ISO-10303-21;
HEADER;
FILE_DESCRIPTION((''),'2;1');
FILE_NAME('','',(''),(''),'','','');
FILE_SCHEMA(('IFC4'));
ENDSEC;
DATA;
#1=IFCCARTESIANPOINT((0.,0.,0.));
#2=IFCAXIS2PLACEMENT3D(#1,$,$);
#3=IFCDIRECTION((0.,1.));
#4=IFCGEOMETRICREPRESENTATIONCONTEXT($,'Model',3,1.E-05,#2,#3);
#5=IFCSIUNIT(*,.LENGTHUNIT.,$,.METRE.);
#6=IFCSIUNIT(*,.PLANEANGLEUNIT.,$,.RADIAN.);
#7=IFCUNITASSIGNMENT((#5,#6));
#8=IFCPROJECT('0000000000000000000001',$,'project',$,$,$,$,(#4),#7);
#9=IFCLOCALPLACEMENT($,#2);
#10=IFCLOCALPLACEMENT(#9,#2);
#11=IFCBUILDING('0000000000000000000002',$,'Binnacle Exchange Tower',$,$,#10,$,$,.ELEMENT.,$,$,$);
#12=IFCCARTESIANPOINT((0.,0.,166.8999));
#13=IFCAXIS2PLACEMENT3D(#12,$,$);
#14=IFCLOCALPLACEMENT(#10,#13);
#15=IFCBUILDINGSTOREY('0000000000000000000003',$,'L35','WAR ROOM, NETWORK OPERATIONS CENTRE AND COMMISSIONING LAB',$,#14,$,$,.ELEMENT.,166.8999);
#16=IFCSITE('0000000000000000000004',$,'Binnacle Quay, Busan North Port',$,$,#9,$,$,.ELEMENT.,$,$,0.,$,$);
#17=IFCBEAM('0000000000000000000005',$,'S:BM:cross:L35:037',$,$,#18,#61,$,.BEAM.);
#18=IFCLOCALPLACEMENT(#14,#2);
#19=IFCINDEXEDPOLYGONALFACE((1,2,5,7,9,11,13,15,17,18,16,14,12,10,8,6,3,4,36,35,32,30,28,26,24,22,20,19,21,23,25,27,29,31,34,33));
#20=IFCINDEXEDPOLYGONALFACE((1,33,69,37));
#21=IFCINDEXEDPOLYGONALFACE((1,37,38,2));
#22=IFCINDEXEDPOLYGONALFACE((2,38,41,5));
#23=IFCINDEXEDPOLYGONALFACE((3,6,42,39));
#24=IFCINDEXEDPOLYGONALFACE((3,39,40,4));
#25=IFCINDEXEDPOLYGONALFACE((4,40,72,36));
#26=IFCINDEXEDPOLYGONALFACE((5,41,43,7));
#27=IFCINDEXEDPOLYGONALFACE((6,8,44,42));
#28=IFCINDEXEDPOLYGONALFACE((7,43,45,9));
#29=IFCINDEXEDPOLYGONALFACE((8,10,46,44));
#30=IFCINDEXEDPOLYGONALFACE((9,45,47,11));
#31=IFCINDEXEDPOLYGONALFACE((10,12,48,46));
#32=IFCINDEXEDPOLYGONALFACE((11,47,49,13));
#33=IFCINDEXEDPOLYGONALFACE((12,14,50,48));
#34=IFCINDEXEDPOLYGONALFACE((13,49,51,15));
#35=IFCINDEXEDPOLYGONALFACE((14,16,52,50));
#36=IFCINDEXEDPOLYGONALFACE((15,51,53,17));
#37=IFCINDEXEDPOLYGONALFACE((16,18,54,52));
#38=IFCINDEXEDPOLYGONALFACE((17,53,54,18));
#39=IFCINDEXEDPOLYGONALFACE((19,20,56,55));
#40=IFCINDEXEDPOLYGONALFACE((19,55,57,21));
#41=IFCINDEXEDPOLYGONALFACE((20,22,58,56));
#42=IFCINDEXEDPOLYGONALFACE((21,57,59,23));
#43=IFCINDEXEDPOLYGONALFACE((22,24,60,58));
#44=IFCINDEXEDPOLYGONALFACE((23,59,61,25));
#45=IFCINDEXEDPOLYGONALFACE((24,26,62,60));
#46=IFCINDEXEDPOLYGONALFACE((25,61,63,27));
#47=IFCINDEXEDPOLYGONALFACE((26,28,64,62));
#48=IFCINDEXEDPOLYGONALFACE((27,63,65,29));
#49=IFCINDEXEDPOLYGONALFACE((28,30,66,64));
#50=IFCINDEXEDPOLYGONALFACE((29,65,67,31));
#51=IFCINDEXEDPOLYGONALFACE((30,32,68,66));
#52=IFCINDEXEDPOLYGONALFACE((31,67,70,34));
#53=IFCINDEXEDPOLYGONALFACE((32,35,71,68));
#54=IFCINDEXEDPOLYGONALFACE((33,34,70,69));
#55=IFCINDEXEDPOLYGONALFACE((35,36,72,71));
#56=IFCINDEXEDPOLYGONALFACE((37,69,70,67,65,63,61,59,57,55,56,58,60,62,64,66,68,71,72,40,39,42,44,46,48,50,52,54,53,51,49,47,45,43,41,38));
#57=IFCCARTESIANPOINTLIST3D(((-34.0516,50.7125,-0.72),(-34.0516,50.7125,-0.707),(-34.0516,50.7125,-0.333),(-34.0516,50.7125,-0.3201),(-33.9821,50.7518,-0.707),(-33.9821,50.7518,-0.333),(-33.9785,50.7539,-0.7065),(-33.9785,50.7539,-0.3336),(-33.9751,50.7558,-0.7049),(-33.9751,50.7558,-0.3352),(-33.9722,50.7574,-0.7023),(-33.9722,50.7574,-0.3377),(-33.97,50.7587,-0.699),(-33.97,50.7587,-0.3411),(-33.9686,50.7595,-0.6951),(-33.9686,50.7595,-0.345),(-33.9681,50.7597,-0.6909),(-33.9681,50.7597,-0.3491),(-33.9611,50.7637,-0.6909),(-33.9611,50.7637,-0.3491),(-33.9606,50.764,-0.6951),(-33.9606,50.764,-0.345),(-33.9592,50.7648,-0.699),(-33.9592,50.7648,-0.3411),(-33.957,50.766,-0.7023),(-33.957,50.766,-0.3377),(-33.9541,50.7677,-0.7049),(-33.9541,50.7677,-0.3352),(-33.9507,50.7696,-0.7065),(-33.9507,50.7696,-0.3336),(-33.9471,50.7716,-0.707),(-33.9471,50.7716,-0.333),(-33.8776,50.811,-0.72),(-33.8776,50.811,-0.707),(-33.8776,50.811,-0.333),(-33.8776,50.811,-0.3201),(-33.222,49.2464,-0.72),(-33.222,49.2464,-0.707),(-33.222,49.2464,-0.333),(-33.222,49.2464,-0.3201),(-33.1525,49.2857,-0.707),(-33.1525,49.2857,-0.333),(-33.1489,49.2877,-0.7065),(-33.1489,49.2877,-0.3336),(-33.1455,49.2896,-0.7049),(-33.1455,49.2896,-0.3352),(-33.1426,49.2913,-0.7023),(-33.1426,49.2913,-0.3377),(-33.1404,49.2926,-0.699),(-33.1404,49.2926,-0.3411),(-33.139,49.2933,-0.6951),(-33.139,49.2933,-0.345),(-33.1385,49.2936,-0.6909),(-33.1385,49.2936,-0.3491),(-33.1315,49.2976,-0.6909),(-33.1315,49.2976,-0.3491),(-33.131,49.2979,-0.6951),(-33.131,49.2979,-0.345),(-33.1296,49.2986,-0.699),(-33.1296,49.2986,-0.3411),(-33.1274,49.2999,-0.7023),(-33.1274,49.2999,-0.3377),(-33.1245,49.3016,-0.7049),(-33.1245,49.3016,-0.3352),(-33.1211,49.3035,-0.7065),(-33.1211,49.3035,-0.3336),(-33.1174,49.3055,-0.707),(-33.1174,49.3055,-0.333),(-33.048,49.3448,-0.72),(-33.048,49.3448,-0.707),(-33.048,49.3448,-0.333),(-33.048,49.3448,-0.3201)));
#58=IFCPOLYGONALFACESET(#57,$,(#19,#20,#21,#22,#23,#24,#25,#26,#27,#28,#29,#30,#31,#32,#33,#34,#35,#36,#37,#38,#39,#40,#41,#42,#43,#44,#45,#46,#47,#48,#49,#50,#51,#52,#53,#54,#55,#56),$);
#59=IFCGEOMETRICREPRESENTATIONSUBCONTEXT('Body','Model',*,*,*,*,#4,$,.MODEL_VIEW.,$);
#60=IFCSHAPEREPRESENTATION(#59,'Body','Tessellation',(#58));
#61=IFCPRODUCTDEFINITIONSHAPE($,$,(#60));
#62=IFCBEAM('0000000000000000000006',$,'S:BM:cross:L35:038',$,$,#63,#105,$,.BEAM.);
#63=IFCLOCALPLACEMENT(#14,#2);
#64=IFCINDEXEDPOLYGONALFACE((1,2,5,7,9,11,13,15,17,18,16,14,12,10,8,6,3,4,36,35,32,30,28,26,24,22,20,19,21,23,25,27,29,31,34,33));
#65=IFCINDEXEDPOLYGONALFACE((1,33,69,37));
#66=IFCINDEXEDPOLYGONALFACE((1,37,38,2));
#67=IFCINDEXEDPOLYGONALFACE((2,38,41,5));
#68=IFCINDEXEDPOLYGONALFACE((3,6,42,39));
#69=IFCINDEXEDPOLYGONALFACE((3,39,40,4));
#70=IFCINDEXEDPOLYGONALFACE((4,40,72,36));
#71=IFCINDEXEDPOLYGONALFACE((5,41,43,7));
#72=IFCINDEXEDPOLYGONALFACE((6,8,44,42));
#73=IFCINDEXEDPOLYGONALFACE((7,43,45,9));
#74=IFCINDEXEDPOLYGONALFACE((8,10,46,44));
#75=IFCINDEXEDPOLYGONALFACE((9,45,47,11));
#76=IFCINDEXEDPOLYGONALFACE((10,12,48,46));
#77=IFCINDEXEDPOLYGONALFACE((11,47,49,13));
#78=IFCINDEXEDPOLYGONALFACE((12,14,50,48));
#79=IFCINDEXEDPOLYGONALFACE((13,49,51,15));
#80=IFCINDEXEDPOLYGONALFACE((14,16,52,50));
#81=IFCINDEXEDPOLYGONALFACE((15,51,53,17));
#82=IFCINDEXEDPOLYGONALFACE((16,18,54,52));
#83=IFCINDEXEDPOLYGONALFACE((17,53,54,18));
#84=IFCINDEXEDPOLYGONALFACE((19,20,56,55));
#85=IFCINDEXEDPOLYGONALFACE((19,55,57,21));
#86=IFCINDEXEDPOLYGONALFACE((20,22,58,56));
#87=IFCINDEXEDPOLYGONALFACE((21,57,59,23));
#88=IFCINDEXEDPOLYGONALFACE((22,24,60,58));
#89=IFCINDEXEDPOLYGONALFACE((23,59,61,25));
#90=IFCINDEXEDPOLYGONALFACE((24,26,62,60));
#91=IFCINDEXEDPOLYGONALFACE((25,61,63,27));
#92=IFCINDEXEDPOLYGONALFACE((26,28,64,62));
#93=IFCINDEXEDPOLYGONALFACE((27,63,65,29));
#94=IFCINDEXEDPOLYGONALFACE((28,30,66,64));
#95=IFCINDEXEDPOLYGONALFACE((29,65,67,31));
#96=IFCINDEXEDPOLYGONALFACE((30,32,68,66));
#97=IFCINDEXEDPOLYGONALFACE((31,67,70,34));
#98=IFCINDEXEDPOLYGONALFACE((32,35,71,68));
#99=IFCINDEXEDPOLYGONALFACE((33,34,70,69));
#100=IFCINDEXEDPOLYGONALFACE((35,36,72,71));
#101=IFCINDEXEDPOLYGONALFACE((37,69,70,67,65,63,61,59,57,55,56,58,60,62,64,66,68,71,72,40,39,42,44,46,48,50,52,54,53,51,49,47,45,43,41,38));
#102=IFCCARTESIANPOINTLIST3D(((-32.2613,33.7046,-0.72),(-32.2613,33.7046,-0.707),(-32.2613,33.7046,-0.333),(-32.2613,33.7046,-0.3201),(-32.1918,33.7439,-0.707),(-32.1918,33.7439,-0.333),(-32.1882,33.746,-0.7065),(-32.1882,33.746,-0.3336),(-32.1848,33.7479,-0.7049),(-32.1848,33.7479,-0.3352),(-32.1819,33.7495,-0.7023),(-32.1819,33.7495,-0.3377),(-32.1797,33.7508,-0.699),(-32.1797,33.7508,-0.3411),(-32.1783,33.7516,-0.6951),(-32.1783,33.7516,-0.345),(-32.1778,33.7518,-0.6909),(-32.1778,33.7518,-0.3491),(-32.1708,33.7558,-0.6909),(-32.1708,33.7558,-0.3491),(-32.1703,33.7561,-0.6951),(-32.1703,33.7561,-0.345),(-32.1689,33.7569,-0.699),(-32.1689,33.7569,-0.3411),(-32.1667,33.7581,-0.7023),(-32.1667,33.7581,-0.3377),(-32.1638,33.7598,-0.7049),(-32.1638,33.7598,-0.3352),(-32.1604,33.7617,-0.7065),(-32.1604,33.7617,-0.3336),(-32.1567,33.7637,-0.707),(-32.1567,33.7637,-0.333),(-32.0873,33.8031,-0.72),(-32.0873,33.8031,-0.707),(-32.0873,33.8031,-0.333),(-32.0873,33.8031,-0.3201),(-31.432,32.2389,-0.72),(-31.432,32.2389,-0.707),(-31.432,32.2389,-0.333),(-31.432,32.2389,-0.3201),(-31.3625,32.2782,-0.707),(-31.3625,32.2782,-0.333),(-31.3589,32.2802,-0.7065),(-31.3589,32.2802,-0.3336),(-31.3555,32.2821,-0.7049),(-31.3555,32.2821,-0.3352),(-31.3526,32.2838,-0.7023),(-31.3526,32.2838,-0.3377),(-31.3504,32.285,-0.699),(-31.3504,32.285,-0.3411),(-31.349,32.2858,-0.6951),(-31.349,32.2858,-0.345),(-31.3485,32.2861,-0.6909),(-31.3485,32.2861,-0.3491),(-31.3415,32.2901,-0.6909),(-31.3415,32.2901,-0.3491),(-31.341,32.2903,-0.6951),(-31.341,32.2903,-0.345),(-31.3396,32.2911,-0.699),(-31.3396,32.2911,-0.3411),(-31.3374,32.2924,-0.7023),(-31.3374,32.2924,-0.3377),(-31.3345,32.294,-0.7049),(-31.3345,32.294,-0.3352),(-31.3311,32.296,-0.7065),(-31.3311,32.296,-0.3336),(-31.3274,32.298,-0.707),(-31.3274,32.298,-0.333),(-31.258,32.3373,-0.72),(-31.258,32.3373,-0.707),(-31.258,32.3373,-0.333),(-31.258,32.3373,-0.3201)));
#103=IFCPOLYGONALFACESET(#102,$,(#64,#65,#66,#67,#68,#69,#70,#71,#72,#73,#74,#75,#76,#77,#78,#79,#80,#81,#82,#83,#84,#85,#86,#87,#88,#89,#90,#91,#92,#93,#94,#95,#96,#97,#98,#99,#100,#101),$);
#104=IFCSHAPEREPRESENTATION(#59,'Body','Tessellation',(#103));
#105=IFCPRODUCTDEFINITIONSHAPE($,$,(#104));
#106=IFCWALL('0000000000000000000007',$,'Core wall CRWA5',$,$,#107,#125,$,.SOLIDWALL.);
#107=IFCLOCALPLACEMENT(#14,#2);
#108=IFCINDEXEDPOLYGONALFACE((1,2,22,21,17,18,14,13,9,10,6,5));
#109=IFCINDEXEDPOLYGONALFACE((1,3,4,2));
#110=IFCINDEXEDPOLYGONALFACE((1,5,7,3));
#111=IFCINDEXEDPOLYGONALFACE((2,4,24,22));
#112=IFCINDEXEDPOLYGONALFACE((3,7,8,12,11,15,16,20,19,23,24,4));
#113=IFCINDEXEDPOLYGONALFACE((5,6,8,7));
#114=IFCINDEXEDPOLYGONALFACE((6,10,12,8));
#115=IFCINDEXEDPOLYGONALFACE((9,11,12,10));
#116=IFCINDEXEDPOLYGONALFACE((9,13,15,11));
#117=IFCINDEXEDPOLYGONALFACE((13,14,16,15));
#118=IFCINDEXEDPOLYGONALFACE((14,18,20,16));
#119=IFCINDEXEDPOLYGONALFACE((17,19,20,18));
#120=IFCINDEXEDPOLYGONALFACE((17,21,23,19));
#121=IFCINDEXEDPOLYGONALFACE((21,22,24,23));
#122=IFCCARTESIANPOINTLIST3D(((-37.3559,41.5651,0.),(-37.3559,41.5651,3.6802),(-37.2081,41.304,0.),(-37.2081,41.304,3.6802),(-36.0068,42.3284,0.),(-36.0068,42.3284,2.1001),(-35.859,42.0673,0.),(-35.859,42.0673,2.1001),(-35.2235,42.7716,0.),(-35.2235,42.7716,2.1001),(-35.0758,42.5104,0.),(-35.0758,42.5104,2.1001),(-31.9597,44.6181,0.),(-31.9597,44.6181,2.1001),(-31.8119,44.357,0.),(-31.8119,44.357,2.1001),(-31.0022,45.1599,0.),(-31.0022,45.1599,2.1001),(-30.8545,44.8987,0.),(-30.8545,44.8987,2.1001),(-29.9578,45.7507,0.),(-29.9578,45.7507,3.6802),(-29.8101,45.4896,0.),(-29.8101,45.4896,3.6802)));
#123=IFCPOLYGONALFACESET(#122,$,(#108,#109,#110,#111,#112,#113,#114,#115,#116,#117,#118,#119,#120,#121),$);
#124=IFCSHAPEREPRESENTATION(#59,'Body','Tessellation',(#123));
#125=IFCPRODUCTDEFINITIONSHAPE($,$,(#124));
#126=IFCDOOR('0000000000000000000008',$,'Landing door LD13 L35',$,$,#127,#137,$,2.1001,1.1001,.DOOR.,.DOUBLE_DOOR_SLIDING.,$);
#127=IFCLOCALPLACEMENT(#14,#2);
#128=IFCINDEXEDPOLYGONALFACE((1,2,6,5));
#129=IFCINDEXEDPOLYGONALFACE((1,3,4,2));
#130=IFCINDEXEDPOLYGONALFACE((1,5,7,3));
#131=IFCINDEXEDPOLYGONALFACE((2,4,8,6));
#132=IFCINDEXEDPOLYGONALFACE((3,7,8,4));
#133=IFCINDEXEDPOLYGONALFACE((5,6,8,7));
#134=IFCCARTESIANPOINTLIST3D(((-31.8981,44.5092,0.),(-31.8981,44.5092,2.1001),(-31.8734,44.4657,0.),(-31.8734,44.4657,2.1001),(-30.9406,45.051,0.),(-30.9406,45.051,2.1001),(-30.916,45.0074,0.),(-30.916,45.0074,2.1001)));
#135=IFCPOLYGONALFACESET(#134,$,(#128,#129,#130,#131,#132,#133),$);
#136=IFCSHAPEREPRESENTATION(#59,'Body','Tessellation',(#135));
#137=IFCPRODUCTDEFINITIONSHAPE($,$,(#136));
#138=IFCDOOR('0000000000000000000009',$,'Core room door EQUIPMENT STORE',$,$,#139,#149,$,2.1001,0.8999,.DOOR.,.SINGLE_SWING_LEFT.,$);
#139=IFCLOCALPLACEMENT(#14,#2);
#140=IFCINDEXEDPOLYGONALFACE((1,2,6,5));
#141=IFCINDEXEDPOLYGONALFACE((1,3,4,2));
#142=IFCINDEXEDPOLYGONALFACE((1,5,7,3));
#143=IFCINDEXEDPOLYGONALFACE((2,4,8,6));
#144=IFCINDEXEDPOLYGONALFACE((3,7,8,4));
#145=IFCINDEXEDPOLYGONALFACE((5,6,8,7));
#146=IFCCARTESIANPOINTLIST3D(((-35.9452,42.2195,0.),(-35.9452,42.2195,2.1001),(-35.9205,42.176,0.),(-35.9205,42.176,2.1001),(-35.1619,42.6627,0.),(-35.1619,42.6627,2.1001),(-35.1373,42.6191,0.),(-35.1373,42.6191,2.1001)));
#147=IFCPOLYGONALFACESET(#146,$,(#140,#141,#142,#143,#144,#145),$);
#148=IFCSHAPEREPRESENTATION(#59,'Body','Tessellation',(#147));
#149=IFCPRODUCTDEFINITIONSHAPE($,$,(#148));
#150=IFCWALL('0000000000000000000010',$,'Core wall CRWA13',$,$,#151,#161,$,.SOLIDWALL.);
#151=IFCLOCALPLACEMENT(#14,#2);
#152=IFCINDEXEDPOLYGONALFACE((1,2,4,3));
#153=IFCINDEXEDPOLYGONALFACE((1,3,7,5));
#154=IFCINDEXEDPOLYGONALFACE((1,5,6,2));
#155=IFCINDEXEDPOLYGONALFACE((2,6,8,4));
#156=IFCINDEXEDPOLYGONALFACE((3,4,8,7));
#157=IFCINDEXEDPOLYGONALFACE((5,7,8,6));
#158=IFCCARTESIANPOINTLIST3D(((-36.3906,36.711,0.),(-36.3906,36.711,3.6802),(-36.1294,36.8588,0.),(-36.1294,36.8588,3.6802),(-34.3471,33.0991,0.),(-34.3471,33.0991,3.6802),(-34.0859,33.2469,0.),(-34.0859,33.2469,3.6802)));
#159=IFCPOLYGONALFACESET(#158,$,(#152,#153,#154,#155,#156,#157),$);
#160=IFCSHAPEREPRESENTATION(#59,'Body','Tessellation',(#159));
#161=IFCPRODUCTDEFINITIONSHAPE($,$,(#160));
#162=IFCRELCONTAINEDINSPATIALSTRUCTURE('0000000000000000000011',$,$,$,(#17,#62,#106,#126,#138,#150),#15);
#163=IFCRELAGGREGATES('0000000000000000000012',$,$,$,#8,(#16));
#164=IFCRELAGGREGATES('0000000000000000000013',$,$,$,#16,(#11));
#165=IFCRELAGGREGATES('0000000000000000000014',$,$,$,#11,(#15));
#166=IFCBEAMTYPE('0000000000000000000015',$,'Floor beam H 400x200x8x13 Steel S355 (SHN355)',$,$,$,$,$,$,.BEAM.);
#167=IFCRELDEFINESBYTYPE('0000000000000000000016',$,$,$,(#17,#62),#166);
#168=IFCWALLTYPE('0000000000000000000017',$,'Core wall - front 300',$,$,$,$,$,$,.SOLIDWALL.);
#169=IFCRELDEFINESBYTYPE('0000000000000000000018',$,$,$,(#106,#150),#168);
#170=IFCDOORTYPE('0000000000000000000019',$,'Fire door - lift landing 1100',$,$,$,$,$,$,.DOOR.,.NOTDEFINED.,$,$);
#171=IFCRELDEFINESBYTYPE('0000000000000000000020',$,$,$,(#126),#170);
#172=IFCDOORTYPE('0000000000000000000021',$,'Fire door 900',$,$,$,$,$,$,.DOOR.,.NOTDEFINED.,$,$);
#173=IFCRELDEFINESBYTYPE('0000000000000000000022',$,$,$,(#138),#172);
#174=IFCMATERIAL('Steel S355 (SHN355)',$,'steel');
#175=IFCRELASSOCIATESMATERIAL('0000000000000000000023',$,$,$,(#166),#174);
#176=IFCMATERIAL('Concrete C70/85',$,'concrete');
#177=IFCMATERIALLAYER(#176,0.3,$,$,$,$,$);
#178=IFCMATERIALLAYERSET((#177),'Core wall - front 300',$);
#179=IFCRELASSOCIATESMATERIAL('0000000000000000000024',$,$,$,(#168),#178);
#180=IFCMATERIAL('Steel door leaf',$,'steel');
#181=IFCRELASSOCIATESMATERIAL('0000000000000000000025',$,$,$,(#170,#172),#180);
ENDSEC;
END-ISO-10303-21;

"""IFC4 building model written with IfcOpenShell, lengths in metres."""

from ifc_helpers import new_model, si_unit, direction, frame, frame_2d, origin, origin_2d, place, context, subcontext, project, spatial, rectangle, i_section, extrude, material, layer, layer_set, material_profile, profile_set, type_object, element, fill, save


model = new_model("IFC4")

# Units and contexts
model_context = context("Model", 3, precision=1e-05, world=origin(), true_north=direction((0.0, 1.0)))
body_context = subcontext(model_context, "Body", "Model", "MODEL_VIEW")
ifc_project = project(units=[si_unit("LENGTHUNIT", "METRE"), si_unit("PLANEANGLEUNIT", "RADIAN")], contexts=[model_context])

# Site, building, storey
site_placement = place(None, origin())
site = spatial("IfcSite", under=ifc_project, at=site_placement, Name="Binnacle Quay, Busan North Port", CompositionType="ELEMENT", RefElevation=0.0)
building_placement = place(site_placement, origin())
building = spatial("IfcBuilding", under=site, at=building_placement, Name="Binnacle Exchange Tower", CompositionType="ELEMENT")
storey_placement = place(building_placement, frame((0.0, 0.0, 166.8999)))
storey = spatial("IfcBuildingStorey", under=building, at=storey_placement, Name="L35", Description="WAR ROOM, NETWORK OPERATIONS CENTRE AND COMMISSIONING LAB", CompositionType="ELEMENT", Elevation=166.8999)

# Shared definitions
ifc_material_1 = material(Name="Concrete C70/85", Category="concrete")

# Beams
ifc_material_2 = material(Name="Steel S355 (SHN355)", Category="steel")
ifc_material_profile_1 = material_profile(ifc_material_2, i_section(OverallWidth=0.2, OverallDepth=0.3999, WebThickness=0.0081, FlangeThickness=0.0129, FilletRadius=0.0161, at=origin_2d()), Name="H 400x200x8x13")
ifc_profile_set_1 = profile_set([ifc_material_profile_1], Name="Steel S355 (SHN355)")
beam_type_1 = type_object("IfcBeamType", Name="Floor beam H 400x200x8x13 Steel S355 (SHN355)", PredefinedType="BEAM", material=ifc_profile_set_1)
beam_1_placement = place(storey_placement, frame((-33.9646, 50.7617, -0.52), z_axis=(0.492482, -0.870322, 0.0), x_axis=(0.870322, 0.492482, 0.0)))
element("IfcBeam", 1, at=beam_1_placement, inside=storey, type_object=beam_type_1, Name="S:BM:cross:L35:037", PredefinedType="BEAM", context=body_context, shape_type="SweptSolid", body=[
    extrude(i_section(OverallWidth=0.2, OverallDepth=0.3999, WebThickness=0.0081, FlangeThickness=0.0129, FilletRadius=0.0161, at=origin_2d()), origin(), (0.0, 0.0, 1.0), 1.6846),
])
beam_2_placement = place(storey_placement, frame((-31.345, 32.2881, -0.52), z_axis=(-0.492435, 0.870349, 0.0), x_axis=(-0.870349, -0.492435, 0.0)))
element("IfcBeam", 2, at=beam_2_placement, inside=storey, type_object=beam_type_1, Name="S:BM:cross:L35:038", PredefinedType="BEAM", context=body_context, shape_type="SweptSolid", body=[
    extrude(i_section(OverallWidth=0.2, OverallDepth=0.3999, WebThickness=0.0081, FlangeThickness=0.0129, FilletRadius=0.0161, at=origin_2d()), origin(), (0.0, 0.0, 1.0), 1.6841),
])

# Wall, openings, doors
ifc_layer_1 = layer(ifc_material_1, 0.3)
ifc_layer_set_1 = layer_set([ifc_layer_1], Name="Core wall - front 300")
wall_type_1 = type_object("IfcWallType", Name="Core wall - front 300", PredefinedType="SOLIDWALL", material=ifc_layer_set_1)
wall_1_placement = place(storey_placement, frame((-37.282, 41.4346, 0.0), z_axis=(0.0, 0.0, 1.0), x_axis=(0.870356, 0.492423, 0.0)))
wall_1 = element("IfcWall", 3, at=wall_1_placement, inside=storey, type_object=wall_type_1, Name="Core wall CRWA5", PredefinedType="SOLIDWALL", context=body_context, shape_type="SweptSolid", body=[
    extrude(rectangle(XDim=8.5, YDim=0.3, at=frame_2d((4.25, 0.0))), origin(), (0.0, 0.0, 1.0), 3.6802),
])
opening_1_placement = place(wall_1_placement, frame((6.2, 0.0, 0.0)))
opening_1 = element("IfcOpeningElement", 4, at=opening_1_placement, cuts=wall_1, PredefinedType="OPENING", context=body_context, shape_type="SweptSolid", body=[
    extrude(rectangle(XDim=1.1001, YDim=2.1001, at=frame_2d((0.55, 1.05))), frame((0.0, 0.1599, 0.0), z_axis=(0.0, -1.0, 0.0), x_axis=(1.0, 0.0, 0.0)), (0.0, 0.0, 1.0), 0.3201),
])
opening_2_placement = place(wall_1_placement, frame((1.55, 0.0, 0.0)))
opening_2 = element("IfcOpeningElement", 5, at=opening_2_placement, cuts=wall_1, PredefinedType="OPENING", context=body_context, shape_type="SweptSolid", body=[
    extrude(rectangle(XDim=0.8999, YDim=2.1001, at=frame_2d((0.45, 1.05))), frame((0.0, 0.1599, 0.0), z_axis=(0.0, -1.0, 0.0), x_axis=(1.0, 0.0, 0.0)), (0.0, 0.0, 1.0), 0.3201),
])
ifc_material_3 = material(Name="Steel door leaf", Category="steel")
door_type_1 = type_object("IfcDoorType", Name="Fire door - lift landing 1100", OperationType="NOTDEFINED", PredefinedType="DOOR", material=ifc_material_3)
door_1_placement = place(opening_1_placement, origin())
door_1 = element("IfcDoor", 6, at=door_1_placement, inside=storey, type_object=door_type_1, Name="Landing door LD13 L35", OperationType="DOUBLE_DOOR_SLIDING", OverallHeight=2.1001, OverallWidth=1.1001, PredefinedType="DOOR", context=body_context, shape_type="SweptSolid", body=[
    extrude(rectangle(XDim=1.1001, YDim=2.1001, at=frame_2d((0.55, 1.05))), frame((0.0, 0.0249, 0.0), z_axis=(0.0, -1.0, 0.0), x_axis=(1.0, 0.0, 0.0)), (0.0, 0.0, 1.0), 0.05),
])
fill(opening_1, door_1)
door_type_2 = type_object("IfcDoorType", Name="Fire door 900", OperationType="NOTDEFINED", PredefinedType="DOOR", material=ifc_material_3)
door_2_placement = place(opening_2_placement, origin())
door_2 = element("IfcDoor", 7, at=door_2_placement, inside=storey, type_object=door_type_2, Name="Core room door EQUIPMENT STORE", OperationType="SINGLE_SWING_LEFT", OverallHeight=2.1001, OverallWidth=0.8999, PredefinedType="DOOR", context=body_context, shape_type="SweptSolid", body=[
    extrude(rectangle(XDim=0.8999, YDim=2.1001, at=frame_2d((0.45, 1.05))), frame((0.0, 0.0249, 0.0), z_axis=(0.0, -1.0, 0.0), x_axis=(1.0, 0.0, 0.0)), (0.0, 0.0, 1.0), 0.05),
])
fill(opening_2, door_2)

# Wall
wall_2_placement = place(storey_placement, frame((-36.26, 36.7849, 0.0), z_axis=(0.0, 0.0, 1.0), x_axis=(0.492422, -0.870357, 0.0)))
element("IfcWall", 8, at=wall_2_placement, inside=storey, type_object=wall_type_1, Name="Core wall CRWA13", PredefinedType="SOLIDWALL", context=body_context, shape_type="SweptSolid", body=[
    extrude(rectangle(XDim=4.1499, YDim=0.3, at=frame_2d((2.075, 0.0))), origin(), (0.0, 0.0, 1.0), 3.6802),
])

save(model, "model.ifc")
